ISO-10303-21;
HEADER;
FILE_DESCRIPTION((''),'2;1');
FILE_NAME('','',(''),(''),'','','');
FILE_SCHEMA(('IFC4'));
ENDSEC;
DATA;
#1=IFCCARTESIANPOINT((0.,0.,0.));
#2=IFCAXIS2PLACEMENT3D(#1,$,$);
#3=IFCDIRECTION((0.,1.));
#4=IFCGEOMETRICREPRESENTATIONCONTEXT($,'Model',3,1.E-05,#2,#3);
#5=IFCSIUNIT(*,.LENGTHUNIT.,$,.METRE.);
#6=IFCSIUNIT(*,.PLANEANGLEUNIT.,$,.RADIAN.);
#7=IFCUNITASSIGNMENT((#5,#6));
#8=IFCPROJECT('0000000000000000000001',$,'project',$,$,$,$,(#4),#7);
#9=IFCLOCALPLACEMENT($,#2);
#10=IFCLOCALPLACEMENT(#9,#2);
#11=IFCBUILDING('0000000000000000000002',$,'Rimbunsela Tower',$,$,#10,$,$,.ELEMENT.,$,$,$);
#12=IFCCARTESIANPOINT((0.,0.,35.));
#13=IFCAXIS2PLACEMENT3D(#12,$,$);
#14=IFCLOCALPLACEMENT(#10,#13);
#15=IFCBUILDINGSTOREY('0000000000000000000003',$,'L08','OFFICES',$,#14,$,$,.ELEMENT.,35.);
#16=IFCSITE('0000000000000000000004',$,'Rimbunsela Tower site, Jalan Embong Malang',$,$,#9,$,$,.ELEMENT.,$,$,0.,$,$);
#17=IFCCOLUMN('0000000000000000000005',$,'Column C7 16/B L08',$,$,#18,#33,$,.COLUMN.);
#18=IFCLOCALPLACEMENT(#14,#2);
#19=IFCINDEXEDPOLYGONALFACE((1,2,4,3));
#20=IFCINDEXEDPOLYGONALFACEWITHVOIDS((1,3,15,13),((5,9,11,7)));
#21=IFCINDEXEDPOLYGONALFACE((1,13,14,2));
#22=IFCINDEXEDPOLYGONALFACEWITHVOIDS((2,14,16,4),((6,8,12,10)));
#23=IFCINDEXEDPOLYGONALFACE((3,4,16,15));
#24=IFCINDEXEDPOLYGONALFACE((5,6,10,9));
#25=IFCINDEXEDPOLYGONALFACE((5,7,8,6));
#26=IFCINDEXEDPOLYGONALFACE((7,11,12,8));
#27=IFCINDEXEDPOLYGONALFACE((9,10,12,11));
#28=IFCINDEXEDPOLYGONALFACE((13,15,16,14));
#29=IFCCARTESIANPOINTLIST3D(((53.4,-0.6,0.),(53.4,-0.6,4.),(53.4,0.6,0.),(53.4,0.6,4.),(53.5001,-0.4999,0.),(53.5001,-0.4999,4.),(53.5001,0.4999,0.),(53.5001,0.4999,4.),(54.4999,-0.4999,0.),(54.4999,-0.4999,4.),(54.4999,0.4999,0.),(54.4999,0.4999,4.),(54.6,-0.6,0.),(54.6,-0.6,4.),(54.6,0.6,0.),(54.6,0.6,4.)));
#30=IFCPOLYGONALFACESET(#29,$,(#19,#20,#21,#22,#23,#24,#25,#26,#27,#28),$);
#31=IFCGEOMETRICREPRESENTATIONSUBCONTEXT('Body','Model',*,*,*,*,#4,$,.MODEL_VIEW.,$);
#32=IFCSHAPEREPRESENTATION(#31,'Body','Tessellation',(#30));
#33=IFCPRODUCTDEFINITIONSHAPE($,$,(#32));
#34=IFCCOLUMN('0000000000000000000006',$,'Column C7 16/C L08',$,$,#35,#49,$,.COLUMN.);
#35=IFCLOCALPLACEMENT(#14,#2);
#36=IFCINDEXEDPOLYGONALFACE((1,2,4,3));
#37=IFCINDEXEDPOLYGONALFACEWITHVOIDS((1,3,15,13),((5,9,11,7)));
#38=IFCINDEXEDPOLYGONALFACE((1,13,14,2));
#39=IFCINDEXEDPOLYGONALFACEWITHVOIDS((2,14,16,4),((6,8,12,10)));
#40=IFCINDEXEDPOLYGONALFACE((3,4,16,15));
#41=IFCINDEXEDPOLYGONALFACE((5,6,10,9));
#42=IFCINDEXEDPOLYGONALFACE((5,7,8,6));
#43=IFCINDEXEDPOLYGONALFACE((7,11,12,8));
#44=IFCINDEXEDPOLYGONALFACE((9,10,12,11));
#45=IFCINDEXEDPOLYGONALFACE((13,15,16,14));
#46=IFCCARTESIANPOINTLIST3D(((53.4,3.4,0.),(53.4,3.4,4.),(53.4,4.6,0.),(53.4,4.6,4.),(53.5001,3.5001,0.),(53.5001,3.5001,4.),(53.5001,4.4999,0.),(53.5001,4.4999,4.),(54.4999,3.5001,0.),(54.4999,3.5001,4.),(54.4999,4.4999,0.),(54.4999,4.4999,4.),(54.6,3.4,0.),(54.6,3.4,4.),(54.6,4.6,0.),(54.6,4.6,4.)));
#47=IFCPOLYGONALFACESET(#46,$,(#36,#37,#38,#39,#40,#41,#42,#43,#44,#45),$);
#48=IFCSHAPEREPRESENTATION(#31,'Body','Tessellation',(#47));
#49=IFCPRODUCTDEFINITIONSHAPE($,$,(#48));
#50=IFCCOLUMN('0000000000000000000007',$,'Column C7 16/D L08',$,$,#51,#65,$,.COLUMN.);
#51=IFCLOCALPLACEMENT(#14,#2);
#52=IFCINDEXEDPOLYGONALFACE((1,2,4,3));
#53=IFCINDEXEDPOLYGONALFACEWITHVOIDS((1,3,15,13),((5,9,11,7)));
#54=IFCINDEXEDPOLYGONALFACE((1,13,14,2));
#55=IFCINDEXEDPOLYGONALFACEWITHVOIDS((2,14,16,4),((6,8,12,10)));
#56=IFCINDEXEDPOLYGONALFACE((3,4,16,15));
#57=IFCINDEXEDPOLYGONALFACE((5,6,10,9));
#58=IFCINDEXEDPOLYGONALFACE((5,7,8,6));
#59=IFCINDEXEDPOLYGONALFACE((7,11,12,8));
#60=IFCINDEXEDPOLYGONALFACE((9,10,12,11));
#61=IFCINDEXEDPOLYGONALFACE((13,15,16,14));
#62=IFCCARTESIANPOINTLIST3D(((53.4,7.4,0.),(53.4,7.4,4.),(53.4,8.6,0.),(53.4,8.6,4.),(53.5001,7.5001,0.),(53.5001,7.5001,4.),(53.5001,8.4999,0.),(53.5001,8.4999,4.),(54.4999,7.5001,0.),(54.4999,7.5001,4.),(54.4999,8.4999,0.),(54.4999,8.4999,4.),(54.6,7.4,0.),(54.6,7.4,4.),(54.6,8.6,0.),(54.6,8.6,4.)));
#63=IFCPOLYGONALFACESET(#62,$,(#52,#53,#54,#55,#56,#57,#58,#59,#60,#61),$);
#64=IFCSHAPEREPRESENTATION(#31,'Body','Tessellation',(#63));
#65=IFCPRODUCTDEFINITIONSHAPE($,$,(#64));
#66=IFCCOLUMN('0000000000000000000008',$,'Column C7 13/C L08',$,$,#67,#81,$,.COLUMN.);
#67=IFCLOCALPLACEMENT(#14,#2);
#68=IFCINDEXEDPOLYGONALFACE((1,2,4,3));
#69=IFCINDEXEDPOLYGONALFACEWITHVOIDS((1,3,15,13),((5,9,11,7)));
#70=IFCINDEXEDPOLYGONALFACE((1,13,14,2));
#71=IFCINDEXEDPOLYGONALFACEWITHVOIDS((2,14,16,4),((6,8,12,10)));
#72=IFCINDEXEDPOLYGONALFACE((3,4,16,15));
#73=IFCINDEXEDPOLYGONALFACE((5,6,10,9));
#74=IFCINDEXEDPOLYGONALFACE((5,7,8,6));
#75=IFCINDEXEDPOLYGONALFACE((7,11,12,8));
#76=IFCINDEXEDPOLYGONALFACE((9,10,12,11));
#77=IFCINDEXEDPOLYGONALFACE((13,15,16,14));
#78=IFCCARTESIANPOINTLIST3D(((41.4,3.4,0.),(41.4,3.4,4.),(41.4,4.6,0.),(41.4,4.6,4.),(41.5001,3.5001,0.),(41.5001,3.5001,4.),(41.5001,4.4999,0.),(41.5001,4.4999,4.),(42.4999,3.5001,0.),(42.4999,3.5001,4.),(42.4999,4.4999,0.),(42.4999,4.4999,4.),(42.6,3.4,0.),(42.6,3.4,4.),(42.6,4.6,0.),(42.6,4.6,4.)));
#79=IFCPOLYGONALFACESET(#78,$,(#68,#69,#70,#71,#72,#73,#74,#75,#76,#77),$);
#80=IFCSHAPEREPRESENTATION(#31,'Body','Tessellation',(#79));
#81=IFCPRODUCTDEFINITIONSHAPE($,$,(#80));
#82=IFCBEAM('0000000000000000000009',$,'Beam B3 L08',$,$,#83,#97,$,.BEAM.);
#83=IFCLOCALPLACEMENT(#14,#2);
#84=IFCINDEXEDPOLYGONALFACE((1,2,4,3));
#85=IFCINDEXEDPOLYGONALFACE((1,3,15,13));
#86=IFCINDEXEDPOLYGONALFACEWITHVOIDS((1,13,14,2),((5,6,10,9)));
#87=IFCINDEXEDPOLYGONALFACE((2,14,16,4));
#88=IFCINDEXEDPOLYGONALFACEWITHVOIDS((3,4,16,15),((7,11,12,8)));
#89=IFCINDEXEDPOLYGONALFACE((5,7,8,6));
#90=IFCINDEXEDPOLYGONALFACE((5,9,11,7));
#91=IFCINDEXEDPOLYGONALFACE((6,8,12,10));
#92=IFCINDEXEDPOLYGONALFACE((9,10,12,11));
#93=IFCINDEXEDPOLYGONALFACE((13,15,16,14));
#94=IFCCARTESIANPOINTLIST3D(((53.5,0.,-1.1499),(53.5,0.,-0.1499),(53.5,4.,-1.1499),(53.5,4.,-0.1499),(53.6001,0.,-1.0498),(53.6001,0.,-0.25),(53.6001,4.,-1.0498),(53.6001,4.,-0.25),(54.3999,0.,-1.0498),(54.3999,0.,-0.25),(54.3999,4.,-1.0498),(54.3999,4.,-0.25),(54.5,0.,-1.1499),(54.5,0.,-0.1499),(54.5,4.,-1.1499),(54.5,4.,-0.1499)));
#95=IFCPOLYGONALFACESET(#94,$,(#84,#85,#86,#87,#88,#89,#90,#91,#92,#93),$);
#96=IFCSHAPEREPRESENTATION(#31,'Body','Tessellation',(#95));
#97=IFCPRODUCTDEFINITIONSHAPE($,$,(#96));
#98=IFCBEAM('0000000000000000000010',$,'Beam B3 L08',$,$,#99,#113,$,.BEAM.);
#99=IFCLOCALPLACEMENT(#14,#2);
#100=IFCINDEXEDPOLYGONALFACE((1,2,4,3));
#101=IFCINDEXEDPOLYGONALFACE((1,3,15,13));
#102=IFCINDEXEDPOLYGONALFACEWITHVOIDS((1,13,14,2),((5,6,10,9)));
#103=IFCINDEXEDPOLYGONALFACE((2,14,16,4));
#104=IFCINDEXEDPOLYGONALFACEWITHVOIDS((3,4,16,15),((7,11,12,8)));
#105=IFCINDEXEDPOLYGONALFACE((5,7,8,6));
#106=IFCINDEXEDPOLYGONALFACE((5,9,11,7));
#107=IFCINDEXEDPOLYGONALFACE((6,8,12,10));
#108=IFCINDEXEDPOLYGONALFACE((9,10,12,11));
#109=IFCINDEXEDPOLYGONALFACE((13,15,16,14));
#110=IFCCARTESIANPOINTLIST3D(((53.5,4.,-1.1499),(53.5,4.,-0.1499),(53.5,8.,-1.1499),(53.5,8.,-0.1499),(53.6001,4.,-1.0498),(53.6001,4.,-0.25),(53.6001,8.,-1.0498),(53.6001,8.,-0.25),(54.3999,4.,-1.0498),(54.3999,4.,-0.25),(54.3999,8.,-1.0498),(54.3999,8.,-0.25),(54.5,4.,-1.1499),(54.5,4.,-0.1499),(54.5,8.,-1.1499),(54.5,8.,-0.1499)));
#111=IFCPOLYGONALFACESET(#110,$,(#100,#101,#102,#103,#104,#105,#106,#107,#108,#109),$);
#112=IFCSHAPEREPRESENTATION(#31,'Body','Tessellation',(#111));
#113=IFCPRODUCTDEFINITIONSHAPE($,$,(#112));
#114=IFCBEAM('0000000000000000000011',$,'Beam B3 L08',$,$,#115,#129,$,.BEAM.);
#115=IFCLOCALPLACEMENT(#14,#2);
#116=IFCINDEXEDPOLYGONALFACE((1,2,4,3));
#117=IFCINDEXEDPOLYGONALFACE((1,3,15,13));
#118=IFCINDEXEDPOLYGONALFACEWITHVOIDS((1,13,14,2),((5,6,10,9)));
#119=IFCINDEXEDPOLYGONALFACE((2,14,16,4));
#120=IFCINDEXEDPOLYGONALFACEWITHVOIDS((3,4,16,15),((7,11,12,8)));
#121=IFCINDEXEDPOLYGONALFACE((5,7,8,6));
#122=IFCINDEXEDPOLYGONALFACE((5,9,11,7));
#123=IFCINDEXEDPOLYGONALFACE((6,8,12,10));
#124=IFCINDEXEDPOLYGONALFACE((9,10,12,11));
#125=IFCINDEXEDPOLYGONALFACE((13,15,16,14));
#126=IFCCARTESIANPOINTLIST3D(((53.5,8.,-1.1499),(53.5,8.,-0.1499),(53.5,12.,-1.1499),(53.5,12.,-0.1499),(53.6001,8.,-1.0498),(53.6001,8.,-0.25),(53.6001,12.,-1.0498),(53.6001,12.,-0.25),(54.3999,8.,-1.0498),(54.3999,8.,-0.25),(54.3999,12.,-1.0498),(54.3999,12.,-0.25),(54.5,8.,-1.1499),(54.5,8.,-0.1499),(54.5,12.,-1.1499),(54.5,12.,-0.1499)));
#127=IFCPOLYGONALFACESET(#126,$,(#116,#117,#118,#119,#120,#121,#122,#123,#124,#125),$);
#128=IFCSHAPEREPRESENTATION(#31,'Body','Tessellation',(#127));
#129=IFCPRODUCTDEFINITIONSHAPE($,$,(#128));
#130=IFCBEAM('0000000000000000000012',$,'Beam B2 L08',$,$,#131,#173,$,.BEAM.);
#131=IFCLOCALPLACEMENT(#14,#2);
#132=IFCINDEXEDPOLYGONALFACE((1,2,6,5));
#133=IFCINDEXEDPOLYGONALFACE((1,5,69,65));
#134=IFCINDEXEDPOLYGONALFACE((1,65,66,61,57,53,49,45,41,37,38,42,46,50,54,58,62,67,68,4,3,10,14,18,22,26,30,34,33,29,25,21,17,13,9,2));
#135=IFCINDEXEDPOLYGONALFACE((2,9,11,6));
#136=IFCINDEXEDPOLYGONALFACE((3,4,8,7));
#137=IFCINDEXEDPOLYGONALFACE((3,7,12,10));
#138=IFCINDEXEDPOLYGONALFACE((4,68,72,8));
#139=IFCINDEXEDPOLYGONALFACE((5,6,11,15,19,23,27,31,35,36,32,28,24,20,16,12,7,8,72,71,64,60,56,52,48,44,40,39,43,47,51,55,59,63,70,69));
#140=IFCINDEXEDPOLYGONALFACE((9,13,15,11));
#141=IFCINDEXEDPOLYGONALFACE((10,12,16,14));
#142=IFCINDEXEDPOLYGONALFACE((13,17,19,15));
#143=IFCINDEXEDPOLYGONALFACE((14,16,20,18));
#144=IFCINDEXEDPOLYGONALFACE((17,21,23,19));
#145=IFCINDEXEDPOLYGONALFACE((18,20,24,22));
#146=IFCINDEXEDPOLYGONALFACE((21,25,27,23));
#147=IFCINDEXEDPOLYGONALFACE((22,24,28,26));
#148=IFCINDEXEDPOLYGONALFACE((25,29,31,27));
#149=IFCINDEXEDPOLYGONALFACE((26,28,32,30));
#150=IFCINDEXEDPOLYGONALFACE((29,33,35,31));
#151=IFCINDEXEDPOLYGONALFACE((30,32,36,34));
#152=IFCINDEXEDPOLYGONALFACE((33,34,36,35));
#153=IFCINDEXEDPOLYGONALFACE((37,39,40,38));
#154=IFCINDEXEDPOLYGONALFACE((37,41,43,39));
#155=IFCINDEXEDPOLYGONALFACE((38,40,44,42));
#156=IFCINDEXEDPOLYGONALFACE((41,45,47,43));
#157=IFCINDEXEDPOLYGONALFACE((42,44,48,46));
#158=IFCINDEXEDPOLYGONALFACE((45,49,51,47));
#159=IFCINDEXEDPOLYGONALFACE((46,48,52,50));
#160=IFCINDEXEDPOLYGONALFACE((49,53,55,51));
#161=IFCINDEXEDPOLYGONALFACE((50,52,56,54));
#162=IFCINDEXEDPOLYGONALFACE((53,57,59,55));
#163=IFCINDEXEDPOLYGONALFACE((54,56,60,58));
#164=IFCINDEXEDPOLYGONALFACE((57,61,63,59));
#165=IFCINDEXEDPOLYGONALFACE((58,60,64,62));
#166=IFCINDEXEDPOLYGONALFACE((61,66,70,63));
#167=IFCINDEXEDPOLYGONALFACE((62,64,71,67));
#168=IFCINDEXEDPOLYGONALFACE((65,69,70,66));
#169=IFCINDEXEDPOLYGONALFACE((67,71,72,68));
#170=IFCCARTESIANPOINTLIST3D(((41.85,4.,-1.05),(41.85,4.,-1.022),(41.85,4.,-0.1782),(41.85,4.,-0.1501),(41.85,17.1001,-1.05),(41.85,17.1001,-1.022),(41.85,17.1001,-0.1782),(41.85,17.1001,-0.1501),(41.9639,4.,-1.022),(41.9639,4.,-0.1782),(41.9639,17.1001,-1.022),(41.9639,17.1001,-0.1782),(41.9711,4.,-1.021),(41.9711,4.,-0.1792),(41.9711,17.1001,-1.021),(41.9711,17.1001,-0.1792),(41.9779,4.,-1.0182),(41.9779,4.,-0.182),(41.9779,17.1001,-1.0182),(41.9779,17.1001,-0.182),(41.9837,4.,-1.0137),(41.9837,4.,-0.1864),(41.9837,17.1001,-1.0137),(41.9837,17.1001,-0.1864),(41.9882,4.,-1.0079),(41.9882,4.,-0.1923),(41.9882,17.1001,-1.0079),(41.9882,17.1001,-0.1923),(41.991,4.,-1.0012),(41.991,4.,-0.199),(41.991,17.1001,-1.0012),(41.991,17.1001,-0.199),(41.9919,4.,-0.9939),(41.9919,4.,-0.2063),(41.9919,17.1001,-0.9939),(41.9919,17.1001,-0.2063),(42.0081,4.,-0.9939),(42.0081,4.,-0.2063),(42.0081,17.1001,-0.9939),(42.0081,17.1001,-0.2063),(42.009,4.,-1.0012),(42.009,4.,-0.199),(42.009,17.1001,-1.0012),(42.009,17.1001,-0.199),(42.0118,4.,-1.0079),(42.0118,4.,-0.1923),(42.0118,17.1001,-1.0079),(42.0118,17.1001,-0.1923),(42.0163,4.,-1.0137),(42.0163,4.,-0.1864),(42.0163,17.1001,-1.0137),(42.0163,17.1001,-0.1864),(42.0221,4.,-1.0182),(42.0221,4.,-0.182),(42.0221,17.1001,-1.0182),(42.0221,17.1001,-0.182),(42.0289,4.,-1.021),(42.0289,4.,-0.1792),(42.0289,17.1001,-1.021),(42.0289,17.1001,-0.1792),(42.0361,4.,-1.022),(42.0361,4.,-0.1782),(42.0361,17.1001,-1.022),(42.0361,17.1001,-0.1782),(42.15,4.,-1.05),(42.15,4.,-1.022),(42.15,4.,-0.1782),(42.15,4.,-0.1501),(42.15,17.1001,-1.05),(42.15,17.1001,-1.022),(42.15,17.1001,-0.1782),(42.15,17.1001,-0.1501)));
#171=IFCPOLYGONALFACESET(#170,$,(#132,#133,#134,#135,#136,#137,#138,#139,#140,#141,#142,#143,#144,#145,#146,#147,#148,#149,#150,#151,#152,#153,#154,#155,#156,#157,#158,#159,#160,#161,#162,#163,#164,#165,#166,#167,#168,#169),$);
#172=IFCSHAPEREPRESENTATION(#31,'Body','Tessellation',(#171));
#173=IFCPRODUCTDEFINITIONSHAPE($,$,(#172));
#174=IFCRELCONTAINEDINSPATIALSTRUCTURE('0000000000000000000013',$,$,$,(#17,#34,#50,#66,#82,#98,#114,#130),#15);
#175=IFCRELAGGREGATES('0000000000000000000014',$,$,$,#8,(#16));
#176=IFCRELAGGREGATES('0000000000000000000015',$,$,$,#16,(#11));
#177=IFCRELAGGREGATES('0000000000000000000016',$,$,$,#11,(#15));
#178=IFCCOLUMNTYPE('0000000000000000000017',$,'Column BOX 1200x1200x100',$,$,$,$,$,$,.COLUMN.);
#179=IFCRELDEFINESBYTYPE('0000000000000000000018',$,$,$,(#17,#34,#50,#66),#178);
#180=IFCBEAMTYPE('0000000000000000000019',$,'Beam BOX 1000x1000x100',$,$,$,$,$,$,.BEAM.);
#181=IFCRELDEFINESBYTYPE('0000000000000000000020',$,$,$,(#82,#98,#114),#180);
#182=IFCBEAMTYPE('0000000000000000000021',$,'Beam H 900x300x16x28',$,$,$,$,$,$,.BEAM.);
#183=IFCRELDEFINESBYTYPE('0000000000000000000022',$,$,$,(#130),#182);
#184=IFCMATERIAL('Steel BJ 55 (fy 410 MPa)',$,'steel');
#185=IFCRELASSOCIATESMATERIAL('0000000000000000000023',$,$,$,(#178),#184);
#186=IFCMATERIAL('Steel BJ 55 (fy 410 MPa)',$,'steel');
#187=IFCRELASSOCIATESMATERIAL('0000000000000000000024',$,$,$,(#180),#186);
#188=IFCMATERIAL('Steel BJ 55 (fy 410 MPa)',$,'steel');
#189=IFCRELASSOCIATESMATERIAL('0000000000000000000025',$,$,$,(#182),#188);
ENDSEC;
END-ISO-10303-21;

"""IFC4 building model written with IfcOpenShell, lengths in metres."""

from ifc_helpers import new_model, si_unit, direction, frame, origin, origin_2d, place, context, subcontext, project, spatial, hollow_rectangle, i_section, extrude, material, material_profile, profile_set, type_object, element, save


model = new_model("IFC4")

# Units and contexts
model_context = context("Model", 3, precision=1e-05, world=origin(), true_north=direction((0.0, 1.0)))
body_context = subcontext(model_context, "Body", "Model", "MODEL_VIEW")
ifc_project = project(units=[si_unit("LENGTHUNIT", "METRE"), si_unit("PLANEANGLEUNIT", "RADIAN")], contexts=[model_context])

# Site, building, storey
site_placement = place(None, origin())
site = spatial("IfcSite", under=ifc_project, at=site_placement, Name="Rimbunsela Tower site, Jalan Embong Malang", CompositionType="ELEMENT", RefElevation=0.0)
building_placement = place(site_placement, origin())
building = spatial("IfcBuilding", under=site, at=building_placement, Name="Rimbunsela Tower", CompositionType="ELEMENT")
storey_placement = place(building_placement, frame((0.0, 0.0, 35.0)))
storey = spatial("IfcBuildingStorey", under=building, at=storey_placement, Name="L08", Description="OFFICES", CompositionType="ELEMENT", Elevation=35.0)

# Columns
ifc_material_1 = material(Name="Steel BJ 55 (fy 410 MPa)", Category="steel")
ifc_material_profile_1 = material_profile(ifc_material_1, hollow_rectangle(XDim=1.2, YDim=1.2, WallThickness=0.1001, at=origin_2d()), Name="BOX 1200x1200x100")
ifc_profile_set_1 = profile_set([ifc_material_profile_1], Name="Steel BJ 55 (fy 410 MPa)")
column_type = type_object("IfcColumnType", Name="Column BOX 1200x1200x100", PredefinedType="COLUMN", material=ifc_profile_set_1)
for number, where, z_axis, x_axis, name in (
    (1, (54.0, 0.0, 0.0), (0.0, 0.0, 1.0), (1.0, 0.0, 0.0), "Column C7 16/B L08"),
    (2, (54.0, 4.0, 0.0), (0.0, 0.0, 1.0), (1.0, 0.0, 0.0), "Column C7 16/C L08"),
    (3, (54.0, 8.0, 0.0), (0.0, 0.0, 1.0), (1.0, 0.0, 0.0), "Column C7 16/D L08"),
    (4, (42.0, 4.0, 0.0), (0.0, 0.0, 1.0), (1.0, 0.0, 0.0), "Column C7 13/C L08"),
):
    element("IfcColumn", number, at=place(storey_placement, frame(where, z_axis=z_axis, x_axis=x_axis)), inside=storey, type_object=column_type, Name=name, PredefinedType="COLUMN", context=body_context, shape_type="SweptSolid", body=[
        extrude(hollow_rectangle(XDim=1.2, YDim=1.2, WallThickness=0.1001, at=origin_2d()), origin(), (0.0, 0.0, 1.0), 4.0),
    ])

# Beams
ifc_material_2 = material(Name="Steel BJ 55 (fy 410 MPa)", Category="steel")
ifc_material_profile_2 = material_profile(ifc_material_2, hollow_rectangle(XDim=1.0, YDim=1.0, WallThickness=0.1001, at=origin_2d()), Name="BOX 1000x1000x100")
ifc_profile_set_2 = profile_set([ifc_material_profile_2], Name="Steel BJ 55 (fy 410 MPa)")
beam_type_1 = type_object("IfcBeamType", Name="Beam BOX 1000x1000x100", PredefinedType="BEAM", material=ifc_profile_set_2)
for number, where, z_axis, x_axis, name in (
    (5, (54.0, 0.0, -0.6499), (0.0, 1.0, 0.0), (-1.0, 0.0, 0.0), "Beam B3 L08"),
    (6, (54.0, 4.0, -0.6499), (0.0, 1.0, 0.0), (-1.0, 0.0, 0.0), "Beam B3 L08"),
    (7, (54.0, 8.0, -0.6499), (0.0, 1.0, 0.0), (-1.0, 0.0, 0.0), "Beam B3 L08"),
):
    element("IfcBeam", number, at=place(storey_placement, frame(where, z_axis=z_axis, x_axis=x_axis)), inside=storey, type_object=beam_type_1, Name=name, PredefinedType="BEAM", context=body_context, shape_type="SweptSolid", body=[
        extrude(hollow_rectangle(XDim=1.0, YDim=1.0, WallThickness=0.1001, at=origin_2d()), origin(), (0.0, 0.0, 1.0), 4.0),
    ])
ifc_material_3 = material(Name="Steel BJ 55 (fy 410 MPa)", Category="steel")
ifc_material_profile_3 = material_profile(ifc_material_3, i_section(OverallWidth=0.3, OverallDepth=0.8999, WebThickness=0.0161, FlangeThickness=0.0281, FilletRadius=0.0281, at=origin_2d()), Name="H 900x300x16x28")
ifc_profile_set_3 = profile_set([ifc_material_profile_3], Name="Steel BJ 55 (fy 410 MPa)")
beam_type_2 = type_object("IfcBeamType", Name="Beam H 900x300x16x28", PredefinedType="BEAM", material=ifc_profile_set_3)
beam_placement = place(storey_placement, frame((42.0, 4.0, -0.6001), z_axis=(0.0, 1.0, 0.0), x_axis=(-1.0, 0.0, 0.0)))
element("IfcBeam", 8, at=beam_placement, inside=storey, type_object=beam_type_2, Name="Beam B2 L08", PredefinedType="BEAM", context=body_context, shape_type="SweptSolid", body=[
    extrude(i_section(OverallWidth=0.3, OverallDepth=0.8999, WebThickness=0.0161, FlangeThickness=0.0281, FilletRadius=0.0281, at=origin_2d()), origin(), (0.0, 0.0, 1.0), 13.1001),
])

save(model, "model.ifc")
